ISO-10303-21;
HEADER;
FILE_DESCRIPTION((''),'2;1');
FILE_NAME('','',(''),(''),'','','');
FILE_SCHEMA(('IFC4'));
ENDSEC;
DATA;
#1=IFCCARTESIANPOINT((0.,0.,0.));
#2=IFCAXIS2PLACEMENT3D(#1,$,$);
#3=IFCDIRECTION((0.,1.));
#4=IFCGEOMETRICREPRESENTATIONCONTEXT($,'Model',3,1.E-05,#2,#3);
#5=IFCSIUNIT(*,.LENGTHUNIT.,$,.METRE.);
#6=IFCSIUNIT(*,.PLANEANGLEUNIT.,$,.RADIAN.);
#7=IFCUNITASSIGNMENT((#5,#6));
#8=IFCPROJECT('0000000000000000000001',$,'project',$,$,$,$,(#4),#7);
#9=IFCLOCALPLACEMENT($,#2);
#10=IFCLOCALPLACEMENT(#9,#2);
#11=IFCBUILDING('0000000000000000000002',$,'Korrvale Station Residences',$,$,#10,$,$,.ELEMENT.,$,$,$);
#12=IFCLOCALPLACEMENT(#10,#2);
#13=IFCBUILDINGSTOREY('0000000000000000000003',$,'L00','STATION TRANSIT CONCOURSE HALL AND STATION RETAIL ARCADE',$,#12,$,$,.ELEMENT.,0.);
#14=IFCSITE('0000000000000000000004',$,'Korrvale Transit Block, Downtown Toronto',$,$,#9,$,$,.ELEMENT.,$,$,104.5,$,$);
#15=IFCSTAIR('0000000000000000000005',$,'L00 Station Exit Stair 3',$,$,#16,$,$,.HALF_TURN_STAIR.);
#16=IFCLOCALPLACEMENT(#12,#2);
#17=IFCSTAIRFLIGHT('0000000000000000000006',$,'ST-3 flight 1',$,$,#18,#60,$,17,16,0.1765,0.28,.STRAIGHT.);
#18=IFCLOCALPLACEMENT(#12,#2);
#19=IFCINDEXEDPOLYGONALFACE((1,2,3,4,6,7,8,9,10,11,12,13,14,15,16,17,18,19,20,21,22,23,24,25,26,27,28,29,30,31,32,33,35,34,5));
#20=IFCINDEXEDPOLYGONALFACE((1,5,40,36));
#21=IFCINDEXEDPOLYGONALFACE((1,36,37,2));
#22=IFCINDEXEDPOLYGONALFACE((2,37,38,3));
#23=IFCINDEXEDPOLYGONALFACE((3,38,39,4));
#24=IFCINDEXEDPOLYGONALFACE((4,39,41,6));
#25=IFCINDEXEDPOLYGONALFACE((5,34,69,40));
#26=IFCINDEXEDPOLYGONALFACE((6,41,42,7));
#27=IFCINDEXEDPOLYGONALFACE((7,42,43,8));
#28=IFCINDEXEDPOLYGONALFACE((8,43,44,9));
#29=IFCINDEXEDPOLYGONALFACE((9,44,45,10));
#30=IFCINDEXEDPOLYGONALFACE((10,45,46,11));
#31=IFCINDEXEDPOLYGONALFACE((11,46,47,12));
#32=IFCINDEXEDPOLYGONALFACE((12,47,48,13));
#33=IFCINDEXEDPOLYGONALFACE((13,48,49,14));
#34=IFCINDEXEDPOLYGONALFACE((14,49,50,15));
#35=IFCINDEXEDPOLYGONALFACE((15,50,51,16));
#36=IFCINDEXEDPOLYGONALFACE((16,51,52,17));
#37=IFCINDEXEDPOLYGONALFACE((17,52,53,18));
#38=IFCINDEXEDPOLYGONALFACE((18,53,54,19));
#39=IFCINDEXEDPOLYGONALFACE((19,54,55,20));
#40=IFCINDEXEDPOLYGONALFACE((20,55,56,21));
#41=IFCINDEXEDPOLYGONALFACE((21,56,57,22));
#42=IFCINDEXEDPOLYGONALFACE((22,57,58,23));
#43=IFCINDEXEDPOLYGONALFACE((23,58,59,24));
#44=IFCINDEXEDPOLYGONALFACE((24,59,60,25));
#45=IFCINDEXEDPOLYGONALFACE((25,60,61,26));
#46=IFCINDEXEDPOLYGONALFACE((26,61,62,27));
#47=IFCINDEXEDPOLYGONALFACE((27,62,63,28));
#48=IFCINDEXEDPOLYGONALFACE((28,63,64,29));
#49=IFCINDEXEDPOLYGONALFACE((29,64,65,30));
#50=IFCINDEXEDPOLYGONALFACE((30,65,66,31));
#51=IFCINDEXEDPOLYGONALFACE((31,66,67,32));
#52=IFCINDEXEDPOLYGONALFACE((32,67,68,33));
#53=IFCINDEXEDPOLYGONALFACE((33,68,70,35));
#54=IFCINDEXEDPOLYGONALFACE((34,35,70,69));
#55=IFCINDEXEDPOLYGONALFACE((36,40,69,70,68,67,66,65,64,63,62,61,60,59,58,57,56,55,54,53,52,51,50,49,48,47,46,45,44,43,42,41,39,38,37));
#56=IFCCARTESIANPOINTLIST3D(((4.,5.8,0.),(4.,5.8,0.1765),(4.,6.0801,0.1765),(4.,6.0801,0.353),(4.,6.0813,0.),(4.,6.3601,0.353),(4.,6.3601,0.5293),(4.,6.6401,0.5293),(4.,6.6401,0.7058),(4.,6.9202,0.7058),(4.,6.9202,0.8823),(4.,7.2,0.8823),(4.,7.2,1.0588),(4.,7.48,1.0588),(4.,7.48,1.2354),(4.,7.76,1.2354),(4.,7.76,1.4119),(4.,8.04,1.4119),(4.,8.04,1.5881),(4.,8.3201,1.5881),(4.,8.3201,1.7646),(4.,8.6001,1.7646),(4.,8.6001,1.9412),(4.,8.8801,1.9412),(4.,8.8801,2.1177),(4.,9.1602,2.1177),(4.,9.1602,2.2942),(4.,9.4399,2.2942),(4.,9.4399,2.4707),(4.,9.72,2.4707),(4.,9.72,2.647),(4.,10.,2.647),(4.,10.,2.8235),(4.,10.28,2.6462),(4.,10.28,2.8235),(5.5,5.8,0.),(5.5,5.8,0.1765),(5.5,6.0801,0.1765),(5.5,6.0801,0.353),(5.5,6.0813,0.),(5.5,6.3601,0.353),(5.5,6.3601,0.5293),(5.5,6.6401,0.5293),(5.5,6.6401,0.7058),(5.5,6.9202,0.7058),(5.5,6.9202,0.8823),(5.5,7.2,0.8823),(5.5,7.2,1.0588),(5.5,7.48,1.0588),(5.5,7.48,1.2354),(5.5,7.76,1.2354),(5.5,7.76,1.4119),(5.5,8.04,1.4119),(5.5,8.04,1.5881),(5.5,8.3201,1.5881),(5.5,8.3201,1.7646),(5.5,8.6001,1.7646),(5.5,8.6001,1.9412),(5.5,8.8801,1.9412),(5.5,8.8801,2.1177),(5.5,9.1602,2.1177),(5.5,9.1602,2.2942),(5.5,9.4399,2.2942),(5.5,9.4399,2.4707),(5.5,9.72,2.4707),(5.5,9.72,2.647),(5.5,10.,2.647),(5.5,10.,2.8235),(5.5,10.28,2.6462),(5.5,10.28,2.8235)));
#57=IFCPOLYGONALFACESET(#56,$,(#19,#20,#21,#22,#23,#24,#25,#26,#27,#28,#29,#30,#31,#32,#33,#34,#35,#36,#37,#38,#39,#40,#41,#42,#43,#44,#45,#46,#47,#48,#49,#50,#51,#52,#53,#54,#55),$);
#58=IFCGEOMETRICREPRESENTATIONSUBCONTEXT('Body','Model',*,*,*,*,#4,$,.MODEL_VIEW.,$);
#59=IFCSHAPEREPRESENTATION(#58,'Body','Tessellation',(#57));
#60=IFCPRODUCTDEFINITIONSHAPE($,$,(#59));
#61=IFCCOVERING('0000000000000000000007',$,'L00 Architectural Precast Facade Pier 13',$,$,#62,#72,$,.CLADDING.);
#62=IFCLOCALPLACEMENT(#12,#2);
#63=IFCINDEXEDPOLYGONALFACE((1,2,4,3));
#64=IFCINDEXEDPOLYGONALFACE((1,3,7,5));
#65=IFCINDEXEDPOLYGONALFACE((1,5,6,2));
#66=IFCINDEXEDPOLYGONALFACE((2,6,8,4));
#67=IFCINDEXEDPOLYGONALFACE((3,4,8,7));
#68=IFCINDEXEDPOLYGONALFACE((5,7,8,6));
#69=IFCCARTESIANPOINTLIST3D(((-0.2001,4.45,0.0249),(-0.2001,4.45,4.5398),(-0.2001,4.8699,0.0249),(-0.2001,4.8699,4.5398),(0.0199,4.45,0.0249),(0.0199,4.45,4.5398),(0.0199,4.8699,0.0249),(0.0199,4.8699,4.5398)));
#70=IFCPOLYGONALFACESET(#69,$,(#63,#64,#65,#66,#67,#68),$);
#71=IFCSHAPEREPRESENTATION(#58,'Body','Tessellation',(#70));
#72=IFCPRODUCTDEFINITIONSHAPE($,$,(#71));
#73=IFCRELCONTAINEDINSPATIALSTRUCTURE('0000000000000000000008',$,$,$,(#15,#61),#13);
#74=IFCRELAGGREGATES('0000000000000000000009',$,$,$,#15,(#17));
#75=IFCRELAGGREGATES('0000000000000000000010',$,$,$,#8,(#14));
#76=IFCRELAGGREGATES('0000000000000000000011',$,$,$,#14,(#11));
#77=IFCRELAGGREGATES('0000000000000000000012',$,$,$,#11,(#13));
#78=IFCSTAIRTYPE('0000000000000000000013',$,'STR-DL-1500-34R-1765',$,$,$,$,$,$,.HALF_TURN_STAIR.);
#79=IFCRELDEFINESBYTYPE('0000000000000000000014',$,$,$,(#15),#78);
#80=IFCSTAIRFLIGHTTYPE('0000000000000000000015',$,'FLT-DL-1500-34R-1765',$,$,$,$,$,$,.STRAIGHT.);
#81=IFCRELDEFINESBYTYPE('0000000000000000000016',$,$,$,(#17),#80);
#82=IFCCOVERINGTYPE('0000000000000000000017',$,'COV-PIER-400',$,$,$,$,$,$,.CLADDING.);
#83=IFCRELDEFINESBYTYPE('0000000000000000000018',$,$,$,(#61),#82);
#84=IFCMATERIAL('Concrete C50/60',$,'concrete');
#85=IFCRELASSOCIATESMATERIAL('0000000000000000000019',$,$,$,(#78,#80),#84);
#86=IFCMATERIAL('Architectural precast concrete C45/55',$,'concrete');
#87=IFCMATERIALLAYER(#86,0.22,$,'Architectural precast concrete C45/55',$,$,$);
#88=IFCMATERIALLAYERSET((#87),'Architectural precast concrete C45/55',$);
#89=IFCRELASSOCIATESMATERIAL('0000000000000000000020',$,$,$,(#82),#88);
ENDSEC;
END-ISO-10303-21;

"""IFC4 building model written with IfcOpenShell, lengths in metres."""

from ifc_helpers import new_model, si_unit, direction, frame, origin, origin_2d, place, context, subcontext, project, spatial, polyline, rectangle, outline, extrude, material, layer, layer_set, type_object, element, aggregate, save


model = new_model("IFC4")

# Units and contexts
model_context = context("Model", 3, precision=1e-05, world=origin(), true_north=direction((0.0, 1.0)))
body_context = subcontext(model_context, "Body", "Model", "MODEL_VIEW")
ifc_project = project(units=[si_unit("LENGTHUNIT", "METRE"), si_unit("PLANEANGLEUNIT", "RADIAN")], contexts=[model_context])

# Site, building, storey
site_placement = place(None, origin())
site = spatial("IfcSite", under=ifc_project, at=site_placement, Name="Korrvale Transit Block, Downtown Toronto", CompositionType="ELEMENT", RefElevation=104.5)
building_placement = place(site_placement, origin())
building = spatial("IfcBuilding", under=site, at=building_placement, Name="Korrvale Station Residences", CompositionType="ELEMENT")
storey_placement = place(building_placement, origin())
storey = spatial("IfcBuildingStorey", under=building, at=storey_placement, Name="L00", Description="STATION TRANSIT CONCOURSE HALL AND STATION RETAIL ARCADE", CompositionType="ELEMENT", Elevation=0.0)

# Stair, stair flight
ifc_material_1 = material(Name="Concrete C50/60", Category="concrete")
stair_type = type_object("IfcStairType", Name="STR-DL-1500-34R-1765", PredefinedType="HALF_TURN_STAIR", material=ifc_material_1)
stair_placement = place(storey_placement, origin())
stair = element("IfcStair", 1, at=stair_placement, inside=storey, type_object=stair_type, Name="L00 Station Exit Stair 3", PredefinedType="HALF_TURN_STAIR")
stair_flight_type = type_object("IfcStairFlightType", Name="FLT-DL-1500-34R-1765", PredefinedType="STRAIGHT", material=ifc_material_1)
stair_flight_placement = place(storey_placement, frame((4.75, 5.8, 0.0), z_axis=(0.0, 0.0, 1.0), x_axis=(0.0, 1.0, 0.0)))
stair_flight = element("IfcStairFlight", 2, at=stair_flight_placement, type_object=stair_flight_type, Name="ST-3 flight 1", NumberOfRisers=17, NumberOfTreads=16, PredefinedType="STRAIGHT", RiserHeight=0.1765, TreadLength=0.28, context=body_context, shape_type="SweptSolid", body=[
    extrude(outline(polyline([(0.0, 0.0), (0.0, 0.1765), (0.28, 0.1765), (0.28, 0.353), (0.5601, 0.353), (0.5601, 0.5293), (0.8401, 0.5293), (0.8401, 0.7058), (1.1201, 0.7058), (1.1201, 0.8823), (1.3999, 0.8823), (1.3999, 1.0588), (1.6799, 1.0588), (1.6799, 1.2354), (1.96, 1.2354), (1.96, 1.4119), (2.24, 1.4119), (2.24, 1.5881), (2.52, 1.5881), (2.52, 1.7646), (2.8, 1.7646), (2.8, 1.9412), (3.0801, 1.9412), (3.0801, 2.1177), (3.3601, 2.1177), (3.3601, 2.2942), (3.6399, 2.2942), (3.6399, 2.4707), (3.9199, 2.4707), (3.9199, 2.647), (4.2, 2.647), (4.2, 2.8235), (4.48, 2.8235), (4.48, 3.0), (4.48, 2.6462), (0.2812, 0.0), (0.0, 0.0)])), frame((0.0, 0.75, 0.0), z_axis=(0.0, -1.0, 0.0), x_axis=(1.0, 0.0, 0.0)), (0.0, 0.0, 1.0), 1.5),
])
aggregate(stair, [stair_flight])

# Covering
ifc_material_2 = material(Name="Architectural precast concrete C45/55", Category="concrete")
ifc_layer_1 = layer(ifc_material_2, 0.22, Name="Architectural precast concrete C45/55")
ifc_layer_set_1 = layer_set([ifc_layer_1], Name="Architectural precast concrete C45/55")
covering_type = type_object("IfcCoveringType", Name="COV-PIER-400", PredefinedType="CLADDING", material=ifc_layer_set_1)
covering_placement = place(storey_placement, frame((-0.0901, 4.6599, 0.0249), z_axis=(0.0, 0.0, 1.0), x_axis=(0.0, 1.0, 0.0)))
element("IfcCovering", 3, at=covering_placement, inside=storey, type_object=covering_type, Name="L00 Architectural Precast Facade Pier 13", PredefinedType="CLADDING", context=body_context, shape_type="SweptSolid", body=[
    extrude(rectangle(XDim=0.4199, YDim=0.22, at=origin_2d()), origin(), (0.0, 0.0, 1.0), 4.5149),
])

save(model, "model.ifc")
